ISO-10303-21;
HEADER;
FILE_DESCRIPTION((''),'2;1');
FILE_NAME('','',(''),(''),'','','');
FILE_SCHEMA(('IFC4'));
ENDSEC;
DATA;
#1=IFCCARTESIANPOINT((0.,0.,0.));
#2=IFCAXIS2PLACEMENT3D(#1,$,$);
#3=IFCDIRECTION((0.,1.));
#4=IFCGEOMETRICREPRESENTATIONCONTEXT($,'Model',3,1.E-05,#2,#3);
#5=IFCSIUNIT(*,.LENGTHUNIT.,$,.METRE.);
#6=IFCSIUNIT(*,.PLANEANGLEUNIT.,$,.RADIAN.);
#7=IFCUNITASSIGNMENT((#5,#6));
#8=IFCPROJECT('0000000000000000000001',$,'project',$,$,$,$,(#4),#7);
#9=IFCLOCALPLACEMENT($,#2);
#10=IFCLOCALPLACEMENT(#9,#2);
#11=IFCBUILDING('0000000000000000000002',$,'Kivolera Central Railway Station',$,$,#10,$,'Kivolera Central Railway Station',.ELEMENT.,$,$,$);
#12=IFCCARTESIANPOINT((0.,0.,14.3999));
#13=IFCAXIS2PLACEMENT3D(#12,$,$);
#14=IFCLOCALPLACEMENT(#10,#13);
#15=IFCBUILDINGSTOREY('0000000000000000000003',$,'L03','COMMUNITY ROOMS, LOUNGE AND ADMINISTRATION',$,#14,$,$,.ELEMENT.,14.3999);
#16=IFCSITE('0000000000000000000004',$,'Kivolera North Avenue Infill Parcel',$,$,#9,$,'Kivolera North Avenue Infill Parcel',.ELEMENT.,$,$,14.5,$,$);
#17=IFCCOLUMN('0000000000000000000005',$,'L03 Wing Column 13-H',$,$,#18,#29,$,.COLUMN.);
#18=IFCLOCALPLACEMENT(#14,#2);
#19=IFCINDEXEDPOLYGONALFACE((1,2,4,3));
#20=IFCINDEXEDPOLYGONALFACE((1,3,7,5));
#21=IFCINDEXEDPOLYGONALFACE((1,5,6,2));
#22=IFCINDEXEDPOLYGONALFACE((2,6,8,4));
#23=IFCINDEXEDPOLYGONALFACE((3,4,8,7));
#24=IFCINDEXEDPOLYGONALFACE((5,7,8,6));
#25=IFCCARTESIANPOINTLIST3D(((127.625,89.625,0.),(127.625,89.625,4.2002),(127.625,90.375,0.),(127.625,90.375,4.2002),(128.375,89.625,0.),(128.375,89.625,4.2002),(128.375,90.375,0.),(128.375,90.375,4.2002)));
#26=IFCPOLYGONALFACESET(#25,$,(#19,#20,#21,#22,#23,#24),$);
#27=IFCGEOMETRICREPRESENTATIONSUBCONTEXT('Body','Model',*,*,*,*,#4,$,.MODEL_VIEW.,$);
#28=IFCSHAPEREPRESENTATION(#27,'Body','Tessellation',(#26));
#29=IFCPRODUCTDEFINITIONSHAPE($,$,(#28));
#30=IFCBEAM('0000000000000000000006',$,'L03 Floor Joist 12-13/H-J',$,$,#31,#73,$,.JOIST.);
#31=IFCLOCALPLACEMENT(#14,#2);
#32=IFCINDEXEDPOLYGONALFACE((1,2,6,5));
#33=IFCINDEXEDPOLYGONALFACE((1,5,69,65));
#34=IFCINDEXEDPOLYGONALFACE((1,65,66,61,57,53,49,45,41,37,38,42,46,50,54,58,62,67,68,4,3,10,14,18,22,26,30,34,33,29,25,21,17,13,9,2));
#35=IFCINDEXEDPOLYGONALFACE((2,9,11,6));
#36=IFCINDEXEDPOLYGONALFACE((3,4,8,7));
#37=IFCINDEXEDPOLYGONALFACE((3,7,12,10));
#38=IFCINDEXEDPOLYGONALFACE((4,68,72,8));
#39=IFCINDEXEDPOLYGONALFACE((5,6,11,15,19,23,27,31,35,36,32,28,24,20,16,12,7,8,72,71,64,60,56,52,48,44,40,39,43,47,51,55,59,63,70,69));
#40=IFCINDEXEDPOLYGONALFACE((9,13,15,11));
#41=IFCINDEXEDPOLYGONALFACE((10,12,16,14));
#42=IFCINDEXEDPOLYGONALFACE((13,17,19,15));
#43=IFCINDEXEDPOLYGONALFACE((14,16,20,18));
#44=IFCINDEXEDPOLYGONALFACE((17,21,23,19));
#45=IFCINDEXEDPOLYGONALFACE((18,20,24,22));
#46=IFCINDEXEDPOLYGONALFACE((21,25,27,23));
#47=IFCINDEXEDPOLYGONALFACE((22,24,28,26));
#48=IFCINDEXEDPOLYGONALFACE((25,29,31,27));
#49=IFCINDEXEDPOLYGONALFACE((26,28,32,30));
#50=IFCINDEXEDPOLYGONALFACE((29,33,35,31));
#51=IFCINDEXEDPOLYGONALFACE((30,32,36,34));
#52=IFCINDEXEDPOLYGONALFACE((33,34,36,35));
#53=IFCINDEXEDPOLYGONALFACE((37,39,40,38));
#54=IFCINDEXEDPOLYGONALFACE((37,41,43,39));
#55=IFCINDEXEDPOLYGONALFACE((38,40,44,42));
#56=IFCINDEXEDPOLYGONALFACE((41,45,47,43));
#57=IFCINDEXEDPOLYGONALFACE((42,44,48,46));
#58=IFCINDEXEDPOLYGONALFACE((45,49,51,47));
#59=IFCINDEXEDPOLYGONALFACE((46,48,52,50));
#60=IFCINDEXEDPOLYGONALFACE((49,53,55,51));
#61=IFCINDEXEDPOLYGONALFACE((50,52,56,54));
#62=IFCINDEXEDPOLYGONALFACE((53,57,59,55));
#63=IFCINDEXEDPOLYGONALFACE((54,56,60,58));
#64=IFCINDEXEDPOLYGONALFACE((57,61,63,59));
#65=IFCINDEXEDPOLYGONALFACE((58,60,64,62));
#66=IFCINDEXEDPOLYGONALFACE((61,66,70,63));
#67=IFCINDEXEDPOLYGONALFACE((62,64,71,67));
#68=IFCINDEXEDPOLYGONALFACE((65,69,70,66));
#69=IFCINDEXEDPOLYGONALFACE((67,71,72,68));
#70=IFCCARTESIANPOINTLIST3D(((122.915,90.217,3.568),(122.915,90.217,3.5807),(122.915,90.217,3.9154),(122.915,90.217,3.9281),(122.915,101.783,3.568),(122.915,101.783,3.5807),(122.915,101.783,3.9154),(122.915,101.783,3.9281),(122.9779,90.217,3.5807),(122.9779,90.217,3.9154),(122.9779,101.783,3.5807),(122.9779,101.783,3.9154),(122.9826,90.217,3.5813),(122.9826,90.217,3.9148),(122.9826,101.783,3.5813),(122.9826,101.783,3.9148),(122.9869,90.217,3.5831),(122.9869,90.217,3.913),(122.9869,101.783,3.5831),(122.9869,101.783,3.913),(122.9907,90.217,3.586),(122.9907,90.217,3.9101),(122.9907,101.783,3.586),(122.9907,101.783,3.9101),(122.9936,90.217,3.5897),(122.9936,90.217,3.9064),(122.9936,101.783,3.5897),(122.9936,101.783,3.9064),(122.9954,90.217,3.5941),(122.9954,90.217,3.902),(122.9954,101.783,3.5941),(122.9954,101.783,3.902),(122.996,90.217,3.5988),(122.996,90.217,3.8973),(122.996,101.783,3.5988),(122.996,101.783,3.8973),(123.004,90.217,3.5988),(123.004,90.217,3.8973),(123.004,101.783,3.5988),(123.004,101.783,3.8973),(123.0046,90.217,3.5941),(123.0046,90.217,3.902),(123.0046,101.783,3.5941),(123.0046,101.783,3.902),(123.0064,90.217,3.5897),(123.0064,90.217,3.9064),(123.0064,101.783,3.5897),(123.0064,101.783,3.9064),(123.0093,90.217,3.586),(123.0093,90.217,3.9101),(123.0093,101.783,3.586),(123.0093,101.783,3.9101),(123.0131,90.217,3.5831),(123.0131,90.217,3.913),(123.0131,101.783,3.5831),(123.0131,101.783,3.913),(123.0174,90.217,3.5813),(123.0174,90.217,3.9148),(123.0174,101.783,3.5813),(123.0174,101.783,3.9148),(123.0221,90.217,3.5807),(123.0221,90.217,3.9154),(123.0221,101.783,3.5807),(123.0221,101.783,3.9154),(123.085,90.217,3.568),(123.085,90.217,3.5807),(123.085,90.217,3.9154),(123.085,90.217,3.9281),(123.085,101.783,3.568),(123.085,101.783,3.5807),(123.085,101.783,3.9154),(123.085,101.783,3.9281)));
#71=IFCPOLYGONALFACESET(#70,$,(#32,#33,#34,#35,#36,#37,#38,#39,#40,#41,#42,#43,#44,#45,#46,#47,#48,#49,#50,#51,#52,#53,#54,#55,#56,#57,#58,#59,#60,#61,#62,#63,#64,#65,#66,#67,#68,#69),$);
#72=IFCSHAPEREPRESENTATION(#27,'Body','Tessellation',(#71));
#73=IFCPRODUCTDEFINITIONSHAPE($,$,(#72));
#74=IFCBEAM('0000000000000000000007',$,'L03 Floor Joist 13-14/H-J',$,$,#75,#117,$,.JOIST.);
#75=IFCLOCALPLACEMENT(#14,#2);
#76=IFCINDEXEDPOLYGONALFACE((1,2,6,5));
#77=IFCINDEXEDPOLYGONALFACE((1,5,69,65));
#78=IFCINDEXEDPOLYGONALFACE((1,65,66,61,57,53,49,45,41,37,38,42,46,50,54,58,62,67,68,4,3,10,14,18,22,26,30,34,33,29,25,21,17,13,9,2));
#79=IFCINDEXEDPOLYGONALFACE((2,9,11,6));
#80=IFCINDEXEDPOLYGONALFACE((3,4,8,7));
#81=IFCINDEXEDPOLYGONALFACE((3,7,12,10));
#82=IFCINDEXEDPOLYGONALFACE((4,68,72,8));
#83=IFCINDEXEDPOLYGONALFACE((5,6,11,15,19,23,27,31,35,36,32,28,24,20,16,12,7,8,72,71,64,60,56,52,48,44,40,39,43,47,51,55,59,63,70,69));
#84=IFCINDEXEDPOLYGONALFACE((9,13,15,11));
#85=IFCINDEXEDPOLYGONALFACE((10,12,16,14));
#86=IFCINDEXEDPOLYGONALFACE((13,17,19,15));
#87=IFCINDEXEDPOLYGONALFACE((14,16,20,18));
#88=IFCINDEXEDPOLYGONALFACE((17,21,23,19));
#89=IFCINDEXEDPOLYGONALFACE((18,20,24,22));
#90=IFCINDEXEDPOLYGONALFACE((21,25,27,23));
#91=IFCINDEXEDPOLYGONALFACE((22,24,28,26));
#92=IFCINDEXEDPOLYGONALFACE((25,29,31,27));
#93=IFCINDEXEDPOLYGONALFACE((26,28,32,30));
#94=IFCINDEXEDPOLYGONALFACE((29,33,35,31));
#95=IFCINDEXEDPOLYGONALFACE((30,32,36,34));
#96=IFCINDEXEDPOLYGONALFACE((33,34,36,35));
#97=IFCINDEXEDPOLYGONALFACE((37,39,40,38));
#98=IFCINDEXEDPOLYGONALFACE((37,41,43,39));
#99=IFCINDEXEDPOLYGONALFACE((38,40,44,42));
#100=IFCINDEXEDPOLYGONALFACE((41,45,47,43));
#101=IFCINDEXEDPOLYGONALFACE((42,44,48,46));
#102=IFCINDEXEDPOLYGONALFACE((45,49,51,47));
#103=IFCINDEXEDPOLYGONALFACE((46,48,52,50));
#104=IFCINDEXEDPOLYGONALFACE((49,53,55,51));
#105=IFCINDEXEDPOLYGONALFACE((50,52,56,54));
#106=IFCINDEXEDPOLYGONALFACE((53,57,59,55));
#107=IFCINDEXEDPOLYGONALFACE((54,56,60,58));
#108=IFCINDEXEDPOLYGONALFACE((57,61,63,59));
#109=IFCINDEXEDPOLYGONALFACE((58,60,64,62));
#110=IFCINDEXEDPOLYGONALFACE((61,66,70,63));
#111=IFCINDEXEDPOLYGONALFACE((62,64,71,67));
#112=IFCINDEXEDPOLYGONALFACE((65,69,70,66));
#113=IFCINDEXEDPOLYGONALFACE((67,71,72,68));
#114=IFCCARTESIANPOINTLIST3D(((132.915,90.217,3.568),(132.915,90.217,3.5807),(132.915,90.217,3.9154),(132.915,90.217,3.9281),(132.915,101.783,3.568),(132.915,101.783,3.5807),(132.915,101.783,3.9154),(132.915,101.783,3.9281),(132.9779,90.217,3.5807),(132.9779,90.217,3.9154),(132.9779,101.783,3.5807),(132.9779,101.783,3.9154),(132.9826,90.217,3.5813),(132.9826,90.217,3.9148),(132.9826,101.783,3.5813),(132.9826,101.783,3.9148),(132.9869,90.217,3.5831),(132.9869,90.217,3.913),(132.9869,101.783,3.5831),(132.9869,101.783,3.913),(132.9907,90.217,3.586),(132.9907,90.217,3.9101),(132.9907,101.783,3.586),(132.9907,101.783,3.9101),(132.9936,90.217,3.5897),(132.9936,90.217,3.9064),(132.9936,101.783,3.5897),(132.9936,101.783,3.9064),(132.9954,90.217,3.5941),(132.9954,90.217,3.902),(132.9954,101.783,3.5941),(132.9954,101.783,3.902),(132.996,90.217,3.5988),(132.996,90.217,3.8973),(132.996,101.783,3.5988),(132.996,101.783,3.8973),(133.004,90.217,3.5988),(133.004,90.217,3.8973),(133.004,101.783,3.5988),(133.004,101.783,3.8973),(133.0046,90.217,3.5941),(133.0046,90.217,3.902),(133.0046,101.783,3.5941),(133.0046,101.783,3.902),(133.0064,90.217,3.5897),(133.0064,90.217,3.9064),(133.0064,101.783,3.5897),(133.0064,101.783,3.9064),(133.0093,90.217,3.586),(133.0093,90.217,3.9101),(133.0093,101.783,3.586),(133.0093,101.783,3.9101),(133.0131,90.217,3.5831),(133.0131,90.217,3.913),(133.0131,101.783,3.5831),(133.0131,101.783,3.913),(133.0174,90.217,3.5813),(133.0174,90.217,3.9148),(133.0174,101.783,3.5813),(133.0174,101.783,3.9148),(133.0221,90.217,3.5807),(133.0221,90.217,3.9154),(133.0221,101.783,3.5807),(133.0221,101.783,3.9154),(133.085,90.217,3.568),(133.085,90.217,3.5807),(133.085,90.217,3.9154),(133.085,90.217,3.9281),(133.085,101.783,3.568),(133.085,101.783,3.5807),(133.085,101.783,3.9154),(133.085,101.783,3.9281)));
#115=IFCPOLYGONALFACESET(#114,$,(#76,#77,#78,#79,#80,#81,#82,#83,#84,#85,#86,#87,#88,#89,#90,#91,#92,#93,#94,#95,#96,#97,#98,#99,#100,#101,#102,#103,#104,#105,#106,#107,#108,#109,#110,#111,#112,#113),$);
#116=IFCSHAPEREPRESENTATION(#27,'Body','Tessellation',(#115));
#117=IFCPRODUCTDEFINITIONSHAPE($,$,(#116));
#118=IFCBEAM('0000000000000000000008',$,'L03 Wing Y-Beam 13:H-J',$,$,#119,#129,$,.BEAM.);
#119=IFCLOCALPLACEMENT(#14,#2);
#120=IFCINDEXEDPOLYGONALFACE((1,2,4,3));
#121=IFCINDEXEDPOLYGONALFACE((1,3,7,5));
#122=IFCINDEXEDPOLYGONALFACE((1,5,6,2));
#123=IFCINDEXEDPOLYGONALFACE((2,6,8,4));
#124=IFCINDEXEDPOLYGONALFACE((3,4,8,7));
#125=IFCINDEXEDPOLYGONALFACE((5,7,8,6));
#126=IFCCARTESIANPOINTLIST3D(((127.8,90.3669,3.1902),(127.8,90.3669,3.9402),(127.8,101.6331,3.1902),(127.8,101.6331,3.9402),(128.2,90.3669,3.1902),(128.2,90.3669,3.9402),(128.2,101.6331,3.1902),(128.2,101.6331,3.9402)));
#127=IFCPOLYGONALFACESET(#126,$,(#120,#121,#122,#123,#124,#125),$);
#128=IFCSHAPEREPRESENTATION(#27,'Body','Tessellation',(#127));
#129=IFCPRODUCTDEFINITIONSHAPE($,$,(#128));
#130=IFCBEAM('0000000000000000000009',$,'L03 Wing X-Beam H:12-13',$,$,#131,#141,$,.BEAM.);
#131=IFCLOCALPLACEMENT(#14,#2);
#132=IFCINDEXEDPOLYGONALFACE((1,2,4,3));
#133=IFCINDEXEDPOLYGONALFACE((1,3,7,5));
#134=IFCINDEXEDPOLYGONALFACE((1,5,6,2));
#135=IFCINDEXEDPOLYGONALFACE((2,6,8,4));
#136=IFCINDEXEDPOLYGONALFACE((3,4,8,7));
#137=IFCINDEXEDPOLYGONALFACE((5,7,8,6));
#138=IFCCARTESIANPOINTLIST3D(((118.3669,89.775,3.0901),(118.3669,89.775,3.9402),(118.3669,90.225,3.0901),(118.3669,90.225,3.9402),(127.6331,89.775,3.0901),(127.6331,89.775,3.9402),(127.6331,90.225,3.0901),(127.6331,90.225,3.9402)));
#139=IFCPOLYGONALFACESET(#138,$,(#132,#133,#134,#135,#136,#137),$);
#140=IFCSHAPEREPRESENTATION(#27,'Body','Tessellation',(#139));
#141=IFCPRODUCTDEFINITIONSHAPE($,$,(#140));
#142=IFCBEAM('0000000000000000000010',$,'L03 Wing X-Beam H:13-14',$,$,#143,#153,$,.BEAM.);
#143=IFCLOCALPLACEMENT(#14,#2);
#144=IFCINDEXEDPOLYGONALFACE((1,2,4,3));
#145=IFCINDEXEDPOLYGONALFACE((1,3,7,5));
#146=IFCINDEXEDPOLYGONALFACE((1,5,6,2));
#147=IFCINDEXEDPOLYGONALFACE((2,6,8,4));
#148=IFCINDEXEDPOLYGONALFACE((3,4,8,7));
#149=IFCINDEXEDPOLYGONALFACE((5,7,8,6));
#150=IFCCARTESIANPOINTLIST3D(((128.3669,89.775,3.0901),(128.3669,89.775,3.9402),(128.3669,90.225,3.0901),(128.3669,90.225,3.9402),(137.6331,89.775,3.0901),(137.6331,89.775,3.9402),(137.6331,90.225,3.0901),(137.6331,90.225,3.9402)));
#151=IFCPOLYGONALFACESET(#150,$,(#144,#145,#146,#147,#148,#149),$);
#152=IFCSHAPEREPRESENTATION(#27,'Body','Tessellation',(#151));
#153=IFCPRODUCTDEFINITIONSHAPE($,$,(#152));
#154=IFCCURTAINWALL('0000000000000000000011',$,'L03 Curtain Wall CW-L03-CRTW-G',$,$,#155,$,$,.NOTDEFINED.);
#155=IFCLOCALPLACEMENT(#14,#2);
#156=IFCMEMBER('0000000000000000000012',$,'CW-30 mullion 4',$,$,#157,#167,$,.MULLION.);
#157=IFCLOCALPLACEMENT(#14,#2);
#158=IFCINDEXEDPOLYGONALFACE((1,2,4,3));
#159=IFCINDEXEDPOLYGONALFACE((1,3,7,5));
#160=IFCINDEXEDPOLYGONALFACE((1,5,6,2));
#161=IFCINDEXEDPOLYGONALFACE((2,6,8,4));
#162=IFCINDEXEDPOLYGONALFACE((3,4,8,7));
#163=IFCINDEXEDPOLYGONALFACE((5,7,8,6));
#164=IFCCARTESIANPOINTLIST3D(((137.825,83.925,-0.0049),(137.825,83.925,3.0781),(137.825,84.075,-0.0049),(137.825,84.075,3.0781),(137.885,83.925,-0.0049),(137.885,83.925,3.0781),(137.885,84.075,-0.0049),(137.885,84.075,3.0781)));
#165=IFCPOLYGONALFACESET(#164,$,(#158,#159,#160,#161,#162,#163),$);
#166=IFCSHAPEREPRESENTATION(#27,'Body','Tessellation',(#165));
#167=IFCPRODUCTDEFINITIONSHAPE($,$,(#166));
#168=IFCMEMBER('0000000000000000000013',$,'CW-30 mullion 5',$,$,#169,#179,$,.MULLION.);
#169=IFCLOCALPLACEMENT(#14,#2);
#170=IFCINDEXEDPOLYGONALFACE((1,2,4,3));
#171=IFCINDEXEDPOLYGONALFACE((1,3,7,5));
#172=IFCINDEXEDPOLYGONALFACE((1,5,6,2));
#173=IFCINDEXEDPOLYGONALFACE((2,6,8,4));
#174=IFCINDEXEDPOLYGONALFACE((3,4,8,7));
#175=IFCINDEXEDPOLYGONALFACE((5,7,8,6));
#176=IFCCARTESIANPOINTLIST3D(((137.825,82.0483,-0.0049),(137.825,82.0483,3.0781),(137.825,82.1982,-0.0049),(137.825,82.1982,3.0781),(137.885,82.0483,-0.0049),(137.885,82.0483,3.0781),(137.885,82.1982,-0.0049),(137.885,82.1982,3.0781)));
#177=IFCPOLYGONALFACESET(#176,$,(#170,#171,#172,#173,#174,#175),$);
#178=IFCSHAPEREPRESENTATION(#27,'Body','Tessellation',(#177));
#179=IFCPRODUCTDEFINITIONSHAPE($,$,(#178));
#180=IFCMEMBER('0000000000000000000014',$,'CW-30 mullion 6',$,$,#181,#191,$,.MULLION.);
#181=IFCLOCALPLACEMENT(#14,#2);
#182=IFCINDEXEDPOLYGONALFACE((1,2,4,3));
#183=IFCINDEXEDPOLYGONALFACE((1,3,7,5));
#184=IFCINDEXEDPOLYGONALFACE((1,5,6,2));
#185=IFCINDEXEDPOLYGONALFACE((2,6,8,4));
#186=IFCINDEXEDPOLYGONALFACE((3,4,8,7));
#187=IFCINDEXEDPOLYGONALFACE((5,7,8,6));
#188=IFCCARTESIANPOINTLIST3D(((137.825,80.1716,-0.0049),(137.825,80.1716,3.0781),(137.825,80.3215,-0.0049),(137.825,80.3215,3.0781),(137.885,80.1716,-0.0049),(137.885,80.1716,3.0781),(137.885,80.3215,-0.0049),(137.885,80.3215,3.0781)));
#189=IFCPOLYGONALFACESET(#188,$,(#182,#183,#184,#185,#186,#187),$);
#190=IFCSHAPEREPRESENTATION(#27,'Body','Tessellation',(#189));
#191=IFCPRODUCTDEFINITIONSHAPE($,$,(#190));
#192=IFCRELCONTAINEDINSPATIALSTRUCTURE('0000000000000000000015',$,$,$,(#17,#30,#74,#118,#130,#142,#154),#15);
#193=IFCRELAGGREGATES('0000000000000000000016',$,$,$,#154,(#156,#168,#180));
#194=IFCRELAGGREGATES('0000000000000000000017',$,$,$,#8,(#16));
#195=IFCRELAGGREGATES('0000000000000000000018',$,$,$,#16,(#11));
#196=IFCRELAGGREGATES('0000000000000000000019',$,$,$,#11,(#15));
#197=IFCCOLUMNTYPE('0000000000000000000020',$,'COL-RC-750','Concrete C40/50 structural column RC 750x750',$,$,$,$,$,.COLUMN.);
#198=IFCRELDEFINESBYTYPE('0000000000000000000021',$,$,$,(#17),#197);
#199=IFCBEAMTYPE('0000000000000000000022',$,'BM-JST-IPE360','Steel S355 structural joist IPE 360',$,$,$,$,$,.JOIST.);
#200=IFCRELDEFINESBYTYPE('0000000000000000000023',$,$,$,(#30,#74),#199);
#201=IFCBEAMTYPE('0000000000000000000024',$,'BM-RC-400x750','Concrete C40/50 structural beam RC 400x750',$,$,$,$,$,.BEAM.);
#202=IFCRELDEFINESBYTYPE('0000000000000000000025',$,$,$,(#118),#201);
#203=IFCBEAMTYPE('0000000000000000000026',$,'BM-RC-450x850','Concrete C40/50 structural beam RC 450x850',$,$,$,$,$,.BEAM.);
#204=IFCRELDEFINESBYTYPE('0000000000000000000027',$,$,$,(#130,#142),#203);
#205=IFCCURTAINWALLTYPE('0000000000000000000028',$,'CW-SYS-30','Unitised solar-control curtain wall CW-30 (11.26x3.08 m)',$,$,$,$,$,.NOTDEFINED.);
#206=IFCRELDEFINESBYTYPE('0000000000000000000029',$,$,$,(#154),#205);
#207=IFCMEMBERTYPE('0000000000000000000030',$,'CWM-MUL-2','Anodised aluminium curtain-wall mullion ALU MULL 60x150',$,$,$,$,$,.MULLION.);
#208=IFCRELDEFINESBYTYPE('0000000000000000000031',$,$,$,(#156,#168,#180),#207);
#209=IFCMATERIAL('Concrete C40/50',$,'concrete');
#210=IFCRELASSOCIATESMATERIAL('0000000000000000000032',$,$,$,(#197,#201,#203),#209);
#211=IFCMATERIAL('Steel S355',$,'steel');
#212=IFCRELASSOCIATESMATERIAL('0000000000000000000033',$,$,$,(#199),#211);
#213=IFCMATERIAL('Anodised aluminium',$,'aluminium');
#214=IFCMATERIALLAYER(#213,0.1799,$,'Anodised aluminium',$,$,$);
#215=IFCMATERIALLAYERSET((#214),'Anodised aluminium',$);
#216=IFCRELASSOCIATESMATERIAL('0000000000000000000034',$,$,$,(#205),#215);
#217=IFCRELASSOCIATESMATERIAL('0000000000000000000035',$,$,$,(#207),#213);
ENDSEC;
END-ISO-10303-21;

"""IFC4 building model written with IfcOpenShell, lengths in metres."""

from ifc_helpers import new_model, si_unit, direction, frame, origin, origin_2d, place, context, subcontext, project, spatial, rectangle, i_section, extrude, material, layer, layer_set, material_profile, profile_set, type_object, element, aggregate, save


model = new_model("IFC4")

# Units and contexts
model_context = context("Model", 3, precision=1e-05, world=origin(), true_north=direction((0.0, 1.0)))
body_context = subcontext(model_context, "Body", "Model", "MODEL_VIEW")
ifc_project = project(units=[si_unit("LENGTHUNIT", "METRE"), si_unit("PLANEANGLEUNIT", "RADIAN")], contexts=[model_context])

# Site, building, storey
site_placement = place(None, origin())
site = spatial("IfcSite", under=ifc_project, at=site_placement, Name="Kivolera North Avenue Infill Parcel", LongName="Kivolera North Avenue Infill Parcel", CompositionType="ELEMENT", RefElevation=14.5)
building_placement = place(site_placement, origin())
building = spatial("IfcBuilding", under=site, at=building_placement, Name="Kivolera Central Railway Station", LongName="Kivolera Central Railway Station", CompositionType="ELEMENT")
storey_placement = place(building_placement, frame((0.0, 0.0, 14.3999)))
storey = spatial("IfcBuildingStorey", under=building, at=storey_placement, Name="L03", Description="COMMUNITY ROOMS, LOUNGE AND ADMINISTRATION", CompositionType="ELEMENT", Elevation=14.3999)

# Column
ifc_material_1 = material(Name="Concrete C40/50", Category="concrete")
ifc_material_profile_1 = material_profile(ifc_material_1, rectangle(XDim=0.75, YDim=0.75, at=origin_2d()), Name="RC 750x750")
ifc_profile_set_1 = profile_set([ifc_material_profile_1], Name="Concrete C40/50")
column_type = type_object("IfcColumnType", Name="COL-RC-750", Description="Concrete C40/50 structural column RC 750x750", PredefinedType="COLUMN", material=ifc_profile_set_1)
column_placement = place(storey_placement, frame((128.0, 90.0, 0.0), z_axis=(0.0, 0.0, 1.0), x_axis=(1.0, 0.0, 0.0)))
element("IfcColumn", 1, at=column_placement, inside=storey, type_object=column_type, Name="L03 Wing Column 13-H", PredefinedType="COLUMN", context=body_context, shape_type="SweptSolid", body=[
    extrude(rectangle(XDim=0.75, YDim=0.75, at=origin_2d()), origin(), (0.0, 0.0, 1.0), 4.2002),
])

# Beams
ifc_material_2 = material(Name="Steel S355", Category="steel")
ifc_material_profile_2 = material_profile(ifc_material_2, i_section(OverallWidth=0.1699, OverallDepth=0.3601, WebThickness=0.0081, FlangeThickness=0.0127, FilletRadius=0.0181, at=origin_2d()), Name="IPE 360")
ifc_profile_set_2 = profile_set([ifc_material_profile_2], Name="Steel S355")
beam_type_1 = type_object("IfcBeamType", Name="BM-JST-IPE360", Description="Steel S355 structural joist IPE 360", PredefinedType="JOIST", material=ifc_profile_set_2)
for number, where, z_axis, x_axis, name in (
    (2, (123.0, 90.217, 3.748), (0.0, 1.0, 0.0), (-1.0, 0.0, 0.0), "L03 Floor Joist 12-13/H-J"),
    (3, (133.0, 90.217, 3.748), (0.0, 1.0, 0.0), (-1.0, 0.0, 0.0), "L03 Floor Joist 13-14/H-J"),
):
    element("IfcBeam", number, at=place(storey_placement, frame(where, z_axis=z_axis, x_axis=x_axis)), inside=storey, type_object=beam_type_1, Name=name, PredefinedType="JOIST", context=body_context, shape_type="SweptSolid", body=[
        extrude(i_section(OverallWidth=0.1699, OverallDepth=0.3601, WebThickness=0.0081, FlangeThickness=0.0127, FilletRadius=0.0181, at=origin_2d()), origin(), (0.0, 0.0, 1.0), 11.5659),
    ])
ifc_material_profile_3 = material_profile(ifc_material_1, rectangle(XDim=0.3999, YDim=0.75, at=origin_2d()), Name="RC 400x750")
ifc_profile_set_3 = profile_set([ifc_material_profile_3], Name="Concrete C40/50")
beam_type_2 = type_object("IfcBeamType", Name="BM-RC-400x750", Description="Concrete C40/50 structural beam RC 400x750", PredefinedType="BEAM", material=ifc_profile_set_3)
beam_placement = place(storey_placement, frame((128.0, 90.3669, 3.5652), z_axis=(0.0, 1.0, 0.0), x_axis=(-1.0, 0.0, 0.0)))
element("IfcBeam", 4, at=beam_placement, inside=storey, type_object=beam_type_2, Name="L03 Wing Y-Beam 13:H-J", PredefinedType="BEAM", context=body_context, shape_type="SweptSolid", body=[
    extrude(rectangle(XDim=0.3999, YDim=0.75, at=origin_2d()), origin(), (0.0, 0.0, 1.0), 11.2661),
])
ifc_material_profile_4 = material_profile(ifc_material_1, rectangle(XDim=0.45, YDim=0.8501, at=origin_2d()), Name="RC 450x850")
ifc_profile_set_4 = profile_set([ifc_material_profile_4], Name="Concrete C40/50")
beam_type_3 = type_object("IfcBeamType", Name="BM-RC-450x850", Description="Concrete C40/50 structural beam RC 450x850", PredefinedType="BEAM", material=ifc_profile_set_4)
for number, where, z_axis, x_axis, name in (
    (5, (118.3669, 90.0, 3.5151), (1.0, 0.0, 0.0), (0.0, 1.0, 0.0), "L03 Wing X-Beam H:12-13"),
    (6, (128.3669, 90.0, 3.5151), (1.0, 0.0, 0.0), (0.0, 1.0, 0.0), "L03 Wing X-Beam H:13-14"),
):
    element("IfcBeam", number, at=place(storey_placement, frame(where, z_axis=z_axis, x_axis=x_axis)), inside=storey, type_object=beam_type_3, Name=name, PredefinedType="BEAM", context=body_context, shape_type="SweptSolid", body=[
        extrude(rectangle(XDim=0.45, YDim=0.8501, at=origin_2d()), origin(), (0.0, 0.0, 1.0), 9.2661),
    ])

# Curtain wall, members
ifc_material_3 = material(Name="Anodised aluminium", Category="aluminium")
ifc_layer_1 = layer(ifc_material_3, 0.1799, Name="Anodised aluminium")
ifc_layer_set_1 = layer_set([ifc_layer_1], Name="Anodised aluminium")
curtain_wall_type = type_object("IfcCurtainWallType", Name="CW-SYS-30", Description="Unitised solar-control curtain wall CW-30 (11.26x3.08 m)", PredefinedType="NOTDEFINED", material=ifc_layer_set_1)
curtain_wall_placement = place(storey_placement, origin())
curtain_wall = element("IfcCurtainWall", 7, at=curtain_wall_placement, inside=storey, type_object=curtain_wall_type, Name="L03 Curtain Wall CW-L03-CRTW-G", PredefinedType="NOTDEFINED")
ifc_material_profile_5 = material_profile(ifc_material_3, rectangle(XDim=0.0601, YDim=0.1499, at=origin_2d()), Name="ALU MULL 60x150")
ifc_profile_set_5 = profile_set([ifc_material_profile_5], Name="Anodised aluminium")
member_type_1 = type_object("IfcMemberType", Name="CWM-MUL-2", Description="Anodised aluminium curtain-wall mullion ALU MULL 60x150", PredefinedType="MULLION", material=ifc_profile_set_5)
member_1_placement = place(storey_placement, frame((137.855, 84.0, -0.0049), z_axis=(0.0, 0.0, 1.0), x_axis=(1.0, 0.0, 0.0)))
member_1 = element("IfcMember", 8, at=member_1_placement, type_object=member_type_1, Name="CW-30 mullion 4", PredefinedType="MULLION", context=body_context, shape_type="SweptSolid", body=[
    extrude(rectangle(XDim=0.0601, YDim=0.1499, at=origin_2d()), origin(), (0.0, 0.0, 1.0), 3.083),
])
member_2_placement = place(storey_placement, frame((137.855, 82.1233, -0.0049), z_axis=(0.0, 0.0, 1.0), x_axis=(1.0, 0.0, 0.0)))
member_2 = element("IfcMember", 9, at=member_2_placement, type_object=member_type_1, Name="CW-30 mullion 5", PredefinedType="MULLION", context=body_context, shape_type="SweptSolid", body=[
    extrude(rectangle(XDim=0.0601, YDim=0.1499, at=origin_2d()), origin(), (0.0, 0.0, 1.0), 3.083),
])
member_3_placement = place(storey_placement, frame((137.855, 80.2466, -0.0049), z_axis=(0.0, 0.0, 1.0), x_axis=(1.0, 0.0, 0.0)))
member_3 = element("IfcMember", 10, at=member_3_placement, type_object=member_type_1, Name="CW-30 mullion 6", PredefinedType="MULLION", context=body_context, shape_type="SweptSolid", body=[
    extrude(rectangle(XDim=0.0601, YDim=0.1499, at=origin_2d()), origin(), (0.0, 0.0, 1.0), 3.083),
])
aggregate(curtain_wall, [member_1, member_2, member_3])

save(model, "model.ifc")
